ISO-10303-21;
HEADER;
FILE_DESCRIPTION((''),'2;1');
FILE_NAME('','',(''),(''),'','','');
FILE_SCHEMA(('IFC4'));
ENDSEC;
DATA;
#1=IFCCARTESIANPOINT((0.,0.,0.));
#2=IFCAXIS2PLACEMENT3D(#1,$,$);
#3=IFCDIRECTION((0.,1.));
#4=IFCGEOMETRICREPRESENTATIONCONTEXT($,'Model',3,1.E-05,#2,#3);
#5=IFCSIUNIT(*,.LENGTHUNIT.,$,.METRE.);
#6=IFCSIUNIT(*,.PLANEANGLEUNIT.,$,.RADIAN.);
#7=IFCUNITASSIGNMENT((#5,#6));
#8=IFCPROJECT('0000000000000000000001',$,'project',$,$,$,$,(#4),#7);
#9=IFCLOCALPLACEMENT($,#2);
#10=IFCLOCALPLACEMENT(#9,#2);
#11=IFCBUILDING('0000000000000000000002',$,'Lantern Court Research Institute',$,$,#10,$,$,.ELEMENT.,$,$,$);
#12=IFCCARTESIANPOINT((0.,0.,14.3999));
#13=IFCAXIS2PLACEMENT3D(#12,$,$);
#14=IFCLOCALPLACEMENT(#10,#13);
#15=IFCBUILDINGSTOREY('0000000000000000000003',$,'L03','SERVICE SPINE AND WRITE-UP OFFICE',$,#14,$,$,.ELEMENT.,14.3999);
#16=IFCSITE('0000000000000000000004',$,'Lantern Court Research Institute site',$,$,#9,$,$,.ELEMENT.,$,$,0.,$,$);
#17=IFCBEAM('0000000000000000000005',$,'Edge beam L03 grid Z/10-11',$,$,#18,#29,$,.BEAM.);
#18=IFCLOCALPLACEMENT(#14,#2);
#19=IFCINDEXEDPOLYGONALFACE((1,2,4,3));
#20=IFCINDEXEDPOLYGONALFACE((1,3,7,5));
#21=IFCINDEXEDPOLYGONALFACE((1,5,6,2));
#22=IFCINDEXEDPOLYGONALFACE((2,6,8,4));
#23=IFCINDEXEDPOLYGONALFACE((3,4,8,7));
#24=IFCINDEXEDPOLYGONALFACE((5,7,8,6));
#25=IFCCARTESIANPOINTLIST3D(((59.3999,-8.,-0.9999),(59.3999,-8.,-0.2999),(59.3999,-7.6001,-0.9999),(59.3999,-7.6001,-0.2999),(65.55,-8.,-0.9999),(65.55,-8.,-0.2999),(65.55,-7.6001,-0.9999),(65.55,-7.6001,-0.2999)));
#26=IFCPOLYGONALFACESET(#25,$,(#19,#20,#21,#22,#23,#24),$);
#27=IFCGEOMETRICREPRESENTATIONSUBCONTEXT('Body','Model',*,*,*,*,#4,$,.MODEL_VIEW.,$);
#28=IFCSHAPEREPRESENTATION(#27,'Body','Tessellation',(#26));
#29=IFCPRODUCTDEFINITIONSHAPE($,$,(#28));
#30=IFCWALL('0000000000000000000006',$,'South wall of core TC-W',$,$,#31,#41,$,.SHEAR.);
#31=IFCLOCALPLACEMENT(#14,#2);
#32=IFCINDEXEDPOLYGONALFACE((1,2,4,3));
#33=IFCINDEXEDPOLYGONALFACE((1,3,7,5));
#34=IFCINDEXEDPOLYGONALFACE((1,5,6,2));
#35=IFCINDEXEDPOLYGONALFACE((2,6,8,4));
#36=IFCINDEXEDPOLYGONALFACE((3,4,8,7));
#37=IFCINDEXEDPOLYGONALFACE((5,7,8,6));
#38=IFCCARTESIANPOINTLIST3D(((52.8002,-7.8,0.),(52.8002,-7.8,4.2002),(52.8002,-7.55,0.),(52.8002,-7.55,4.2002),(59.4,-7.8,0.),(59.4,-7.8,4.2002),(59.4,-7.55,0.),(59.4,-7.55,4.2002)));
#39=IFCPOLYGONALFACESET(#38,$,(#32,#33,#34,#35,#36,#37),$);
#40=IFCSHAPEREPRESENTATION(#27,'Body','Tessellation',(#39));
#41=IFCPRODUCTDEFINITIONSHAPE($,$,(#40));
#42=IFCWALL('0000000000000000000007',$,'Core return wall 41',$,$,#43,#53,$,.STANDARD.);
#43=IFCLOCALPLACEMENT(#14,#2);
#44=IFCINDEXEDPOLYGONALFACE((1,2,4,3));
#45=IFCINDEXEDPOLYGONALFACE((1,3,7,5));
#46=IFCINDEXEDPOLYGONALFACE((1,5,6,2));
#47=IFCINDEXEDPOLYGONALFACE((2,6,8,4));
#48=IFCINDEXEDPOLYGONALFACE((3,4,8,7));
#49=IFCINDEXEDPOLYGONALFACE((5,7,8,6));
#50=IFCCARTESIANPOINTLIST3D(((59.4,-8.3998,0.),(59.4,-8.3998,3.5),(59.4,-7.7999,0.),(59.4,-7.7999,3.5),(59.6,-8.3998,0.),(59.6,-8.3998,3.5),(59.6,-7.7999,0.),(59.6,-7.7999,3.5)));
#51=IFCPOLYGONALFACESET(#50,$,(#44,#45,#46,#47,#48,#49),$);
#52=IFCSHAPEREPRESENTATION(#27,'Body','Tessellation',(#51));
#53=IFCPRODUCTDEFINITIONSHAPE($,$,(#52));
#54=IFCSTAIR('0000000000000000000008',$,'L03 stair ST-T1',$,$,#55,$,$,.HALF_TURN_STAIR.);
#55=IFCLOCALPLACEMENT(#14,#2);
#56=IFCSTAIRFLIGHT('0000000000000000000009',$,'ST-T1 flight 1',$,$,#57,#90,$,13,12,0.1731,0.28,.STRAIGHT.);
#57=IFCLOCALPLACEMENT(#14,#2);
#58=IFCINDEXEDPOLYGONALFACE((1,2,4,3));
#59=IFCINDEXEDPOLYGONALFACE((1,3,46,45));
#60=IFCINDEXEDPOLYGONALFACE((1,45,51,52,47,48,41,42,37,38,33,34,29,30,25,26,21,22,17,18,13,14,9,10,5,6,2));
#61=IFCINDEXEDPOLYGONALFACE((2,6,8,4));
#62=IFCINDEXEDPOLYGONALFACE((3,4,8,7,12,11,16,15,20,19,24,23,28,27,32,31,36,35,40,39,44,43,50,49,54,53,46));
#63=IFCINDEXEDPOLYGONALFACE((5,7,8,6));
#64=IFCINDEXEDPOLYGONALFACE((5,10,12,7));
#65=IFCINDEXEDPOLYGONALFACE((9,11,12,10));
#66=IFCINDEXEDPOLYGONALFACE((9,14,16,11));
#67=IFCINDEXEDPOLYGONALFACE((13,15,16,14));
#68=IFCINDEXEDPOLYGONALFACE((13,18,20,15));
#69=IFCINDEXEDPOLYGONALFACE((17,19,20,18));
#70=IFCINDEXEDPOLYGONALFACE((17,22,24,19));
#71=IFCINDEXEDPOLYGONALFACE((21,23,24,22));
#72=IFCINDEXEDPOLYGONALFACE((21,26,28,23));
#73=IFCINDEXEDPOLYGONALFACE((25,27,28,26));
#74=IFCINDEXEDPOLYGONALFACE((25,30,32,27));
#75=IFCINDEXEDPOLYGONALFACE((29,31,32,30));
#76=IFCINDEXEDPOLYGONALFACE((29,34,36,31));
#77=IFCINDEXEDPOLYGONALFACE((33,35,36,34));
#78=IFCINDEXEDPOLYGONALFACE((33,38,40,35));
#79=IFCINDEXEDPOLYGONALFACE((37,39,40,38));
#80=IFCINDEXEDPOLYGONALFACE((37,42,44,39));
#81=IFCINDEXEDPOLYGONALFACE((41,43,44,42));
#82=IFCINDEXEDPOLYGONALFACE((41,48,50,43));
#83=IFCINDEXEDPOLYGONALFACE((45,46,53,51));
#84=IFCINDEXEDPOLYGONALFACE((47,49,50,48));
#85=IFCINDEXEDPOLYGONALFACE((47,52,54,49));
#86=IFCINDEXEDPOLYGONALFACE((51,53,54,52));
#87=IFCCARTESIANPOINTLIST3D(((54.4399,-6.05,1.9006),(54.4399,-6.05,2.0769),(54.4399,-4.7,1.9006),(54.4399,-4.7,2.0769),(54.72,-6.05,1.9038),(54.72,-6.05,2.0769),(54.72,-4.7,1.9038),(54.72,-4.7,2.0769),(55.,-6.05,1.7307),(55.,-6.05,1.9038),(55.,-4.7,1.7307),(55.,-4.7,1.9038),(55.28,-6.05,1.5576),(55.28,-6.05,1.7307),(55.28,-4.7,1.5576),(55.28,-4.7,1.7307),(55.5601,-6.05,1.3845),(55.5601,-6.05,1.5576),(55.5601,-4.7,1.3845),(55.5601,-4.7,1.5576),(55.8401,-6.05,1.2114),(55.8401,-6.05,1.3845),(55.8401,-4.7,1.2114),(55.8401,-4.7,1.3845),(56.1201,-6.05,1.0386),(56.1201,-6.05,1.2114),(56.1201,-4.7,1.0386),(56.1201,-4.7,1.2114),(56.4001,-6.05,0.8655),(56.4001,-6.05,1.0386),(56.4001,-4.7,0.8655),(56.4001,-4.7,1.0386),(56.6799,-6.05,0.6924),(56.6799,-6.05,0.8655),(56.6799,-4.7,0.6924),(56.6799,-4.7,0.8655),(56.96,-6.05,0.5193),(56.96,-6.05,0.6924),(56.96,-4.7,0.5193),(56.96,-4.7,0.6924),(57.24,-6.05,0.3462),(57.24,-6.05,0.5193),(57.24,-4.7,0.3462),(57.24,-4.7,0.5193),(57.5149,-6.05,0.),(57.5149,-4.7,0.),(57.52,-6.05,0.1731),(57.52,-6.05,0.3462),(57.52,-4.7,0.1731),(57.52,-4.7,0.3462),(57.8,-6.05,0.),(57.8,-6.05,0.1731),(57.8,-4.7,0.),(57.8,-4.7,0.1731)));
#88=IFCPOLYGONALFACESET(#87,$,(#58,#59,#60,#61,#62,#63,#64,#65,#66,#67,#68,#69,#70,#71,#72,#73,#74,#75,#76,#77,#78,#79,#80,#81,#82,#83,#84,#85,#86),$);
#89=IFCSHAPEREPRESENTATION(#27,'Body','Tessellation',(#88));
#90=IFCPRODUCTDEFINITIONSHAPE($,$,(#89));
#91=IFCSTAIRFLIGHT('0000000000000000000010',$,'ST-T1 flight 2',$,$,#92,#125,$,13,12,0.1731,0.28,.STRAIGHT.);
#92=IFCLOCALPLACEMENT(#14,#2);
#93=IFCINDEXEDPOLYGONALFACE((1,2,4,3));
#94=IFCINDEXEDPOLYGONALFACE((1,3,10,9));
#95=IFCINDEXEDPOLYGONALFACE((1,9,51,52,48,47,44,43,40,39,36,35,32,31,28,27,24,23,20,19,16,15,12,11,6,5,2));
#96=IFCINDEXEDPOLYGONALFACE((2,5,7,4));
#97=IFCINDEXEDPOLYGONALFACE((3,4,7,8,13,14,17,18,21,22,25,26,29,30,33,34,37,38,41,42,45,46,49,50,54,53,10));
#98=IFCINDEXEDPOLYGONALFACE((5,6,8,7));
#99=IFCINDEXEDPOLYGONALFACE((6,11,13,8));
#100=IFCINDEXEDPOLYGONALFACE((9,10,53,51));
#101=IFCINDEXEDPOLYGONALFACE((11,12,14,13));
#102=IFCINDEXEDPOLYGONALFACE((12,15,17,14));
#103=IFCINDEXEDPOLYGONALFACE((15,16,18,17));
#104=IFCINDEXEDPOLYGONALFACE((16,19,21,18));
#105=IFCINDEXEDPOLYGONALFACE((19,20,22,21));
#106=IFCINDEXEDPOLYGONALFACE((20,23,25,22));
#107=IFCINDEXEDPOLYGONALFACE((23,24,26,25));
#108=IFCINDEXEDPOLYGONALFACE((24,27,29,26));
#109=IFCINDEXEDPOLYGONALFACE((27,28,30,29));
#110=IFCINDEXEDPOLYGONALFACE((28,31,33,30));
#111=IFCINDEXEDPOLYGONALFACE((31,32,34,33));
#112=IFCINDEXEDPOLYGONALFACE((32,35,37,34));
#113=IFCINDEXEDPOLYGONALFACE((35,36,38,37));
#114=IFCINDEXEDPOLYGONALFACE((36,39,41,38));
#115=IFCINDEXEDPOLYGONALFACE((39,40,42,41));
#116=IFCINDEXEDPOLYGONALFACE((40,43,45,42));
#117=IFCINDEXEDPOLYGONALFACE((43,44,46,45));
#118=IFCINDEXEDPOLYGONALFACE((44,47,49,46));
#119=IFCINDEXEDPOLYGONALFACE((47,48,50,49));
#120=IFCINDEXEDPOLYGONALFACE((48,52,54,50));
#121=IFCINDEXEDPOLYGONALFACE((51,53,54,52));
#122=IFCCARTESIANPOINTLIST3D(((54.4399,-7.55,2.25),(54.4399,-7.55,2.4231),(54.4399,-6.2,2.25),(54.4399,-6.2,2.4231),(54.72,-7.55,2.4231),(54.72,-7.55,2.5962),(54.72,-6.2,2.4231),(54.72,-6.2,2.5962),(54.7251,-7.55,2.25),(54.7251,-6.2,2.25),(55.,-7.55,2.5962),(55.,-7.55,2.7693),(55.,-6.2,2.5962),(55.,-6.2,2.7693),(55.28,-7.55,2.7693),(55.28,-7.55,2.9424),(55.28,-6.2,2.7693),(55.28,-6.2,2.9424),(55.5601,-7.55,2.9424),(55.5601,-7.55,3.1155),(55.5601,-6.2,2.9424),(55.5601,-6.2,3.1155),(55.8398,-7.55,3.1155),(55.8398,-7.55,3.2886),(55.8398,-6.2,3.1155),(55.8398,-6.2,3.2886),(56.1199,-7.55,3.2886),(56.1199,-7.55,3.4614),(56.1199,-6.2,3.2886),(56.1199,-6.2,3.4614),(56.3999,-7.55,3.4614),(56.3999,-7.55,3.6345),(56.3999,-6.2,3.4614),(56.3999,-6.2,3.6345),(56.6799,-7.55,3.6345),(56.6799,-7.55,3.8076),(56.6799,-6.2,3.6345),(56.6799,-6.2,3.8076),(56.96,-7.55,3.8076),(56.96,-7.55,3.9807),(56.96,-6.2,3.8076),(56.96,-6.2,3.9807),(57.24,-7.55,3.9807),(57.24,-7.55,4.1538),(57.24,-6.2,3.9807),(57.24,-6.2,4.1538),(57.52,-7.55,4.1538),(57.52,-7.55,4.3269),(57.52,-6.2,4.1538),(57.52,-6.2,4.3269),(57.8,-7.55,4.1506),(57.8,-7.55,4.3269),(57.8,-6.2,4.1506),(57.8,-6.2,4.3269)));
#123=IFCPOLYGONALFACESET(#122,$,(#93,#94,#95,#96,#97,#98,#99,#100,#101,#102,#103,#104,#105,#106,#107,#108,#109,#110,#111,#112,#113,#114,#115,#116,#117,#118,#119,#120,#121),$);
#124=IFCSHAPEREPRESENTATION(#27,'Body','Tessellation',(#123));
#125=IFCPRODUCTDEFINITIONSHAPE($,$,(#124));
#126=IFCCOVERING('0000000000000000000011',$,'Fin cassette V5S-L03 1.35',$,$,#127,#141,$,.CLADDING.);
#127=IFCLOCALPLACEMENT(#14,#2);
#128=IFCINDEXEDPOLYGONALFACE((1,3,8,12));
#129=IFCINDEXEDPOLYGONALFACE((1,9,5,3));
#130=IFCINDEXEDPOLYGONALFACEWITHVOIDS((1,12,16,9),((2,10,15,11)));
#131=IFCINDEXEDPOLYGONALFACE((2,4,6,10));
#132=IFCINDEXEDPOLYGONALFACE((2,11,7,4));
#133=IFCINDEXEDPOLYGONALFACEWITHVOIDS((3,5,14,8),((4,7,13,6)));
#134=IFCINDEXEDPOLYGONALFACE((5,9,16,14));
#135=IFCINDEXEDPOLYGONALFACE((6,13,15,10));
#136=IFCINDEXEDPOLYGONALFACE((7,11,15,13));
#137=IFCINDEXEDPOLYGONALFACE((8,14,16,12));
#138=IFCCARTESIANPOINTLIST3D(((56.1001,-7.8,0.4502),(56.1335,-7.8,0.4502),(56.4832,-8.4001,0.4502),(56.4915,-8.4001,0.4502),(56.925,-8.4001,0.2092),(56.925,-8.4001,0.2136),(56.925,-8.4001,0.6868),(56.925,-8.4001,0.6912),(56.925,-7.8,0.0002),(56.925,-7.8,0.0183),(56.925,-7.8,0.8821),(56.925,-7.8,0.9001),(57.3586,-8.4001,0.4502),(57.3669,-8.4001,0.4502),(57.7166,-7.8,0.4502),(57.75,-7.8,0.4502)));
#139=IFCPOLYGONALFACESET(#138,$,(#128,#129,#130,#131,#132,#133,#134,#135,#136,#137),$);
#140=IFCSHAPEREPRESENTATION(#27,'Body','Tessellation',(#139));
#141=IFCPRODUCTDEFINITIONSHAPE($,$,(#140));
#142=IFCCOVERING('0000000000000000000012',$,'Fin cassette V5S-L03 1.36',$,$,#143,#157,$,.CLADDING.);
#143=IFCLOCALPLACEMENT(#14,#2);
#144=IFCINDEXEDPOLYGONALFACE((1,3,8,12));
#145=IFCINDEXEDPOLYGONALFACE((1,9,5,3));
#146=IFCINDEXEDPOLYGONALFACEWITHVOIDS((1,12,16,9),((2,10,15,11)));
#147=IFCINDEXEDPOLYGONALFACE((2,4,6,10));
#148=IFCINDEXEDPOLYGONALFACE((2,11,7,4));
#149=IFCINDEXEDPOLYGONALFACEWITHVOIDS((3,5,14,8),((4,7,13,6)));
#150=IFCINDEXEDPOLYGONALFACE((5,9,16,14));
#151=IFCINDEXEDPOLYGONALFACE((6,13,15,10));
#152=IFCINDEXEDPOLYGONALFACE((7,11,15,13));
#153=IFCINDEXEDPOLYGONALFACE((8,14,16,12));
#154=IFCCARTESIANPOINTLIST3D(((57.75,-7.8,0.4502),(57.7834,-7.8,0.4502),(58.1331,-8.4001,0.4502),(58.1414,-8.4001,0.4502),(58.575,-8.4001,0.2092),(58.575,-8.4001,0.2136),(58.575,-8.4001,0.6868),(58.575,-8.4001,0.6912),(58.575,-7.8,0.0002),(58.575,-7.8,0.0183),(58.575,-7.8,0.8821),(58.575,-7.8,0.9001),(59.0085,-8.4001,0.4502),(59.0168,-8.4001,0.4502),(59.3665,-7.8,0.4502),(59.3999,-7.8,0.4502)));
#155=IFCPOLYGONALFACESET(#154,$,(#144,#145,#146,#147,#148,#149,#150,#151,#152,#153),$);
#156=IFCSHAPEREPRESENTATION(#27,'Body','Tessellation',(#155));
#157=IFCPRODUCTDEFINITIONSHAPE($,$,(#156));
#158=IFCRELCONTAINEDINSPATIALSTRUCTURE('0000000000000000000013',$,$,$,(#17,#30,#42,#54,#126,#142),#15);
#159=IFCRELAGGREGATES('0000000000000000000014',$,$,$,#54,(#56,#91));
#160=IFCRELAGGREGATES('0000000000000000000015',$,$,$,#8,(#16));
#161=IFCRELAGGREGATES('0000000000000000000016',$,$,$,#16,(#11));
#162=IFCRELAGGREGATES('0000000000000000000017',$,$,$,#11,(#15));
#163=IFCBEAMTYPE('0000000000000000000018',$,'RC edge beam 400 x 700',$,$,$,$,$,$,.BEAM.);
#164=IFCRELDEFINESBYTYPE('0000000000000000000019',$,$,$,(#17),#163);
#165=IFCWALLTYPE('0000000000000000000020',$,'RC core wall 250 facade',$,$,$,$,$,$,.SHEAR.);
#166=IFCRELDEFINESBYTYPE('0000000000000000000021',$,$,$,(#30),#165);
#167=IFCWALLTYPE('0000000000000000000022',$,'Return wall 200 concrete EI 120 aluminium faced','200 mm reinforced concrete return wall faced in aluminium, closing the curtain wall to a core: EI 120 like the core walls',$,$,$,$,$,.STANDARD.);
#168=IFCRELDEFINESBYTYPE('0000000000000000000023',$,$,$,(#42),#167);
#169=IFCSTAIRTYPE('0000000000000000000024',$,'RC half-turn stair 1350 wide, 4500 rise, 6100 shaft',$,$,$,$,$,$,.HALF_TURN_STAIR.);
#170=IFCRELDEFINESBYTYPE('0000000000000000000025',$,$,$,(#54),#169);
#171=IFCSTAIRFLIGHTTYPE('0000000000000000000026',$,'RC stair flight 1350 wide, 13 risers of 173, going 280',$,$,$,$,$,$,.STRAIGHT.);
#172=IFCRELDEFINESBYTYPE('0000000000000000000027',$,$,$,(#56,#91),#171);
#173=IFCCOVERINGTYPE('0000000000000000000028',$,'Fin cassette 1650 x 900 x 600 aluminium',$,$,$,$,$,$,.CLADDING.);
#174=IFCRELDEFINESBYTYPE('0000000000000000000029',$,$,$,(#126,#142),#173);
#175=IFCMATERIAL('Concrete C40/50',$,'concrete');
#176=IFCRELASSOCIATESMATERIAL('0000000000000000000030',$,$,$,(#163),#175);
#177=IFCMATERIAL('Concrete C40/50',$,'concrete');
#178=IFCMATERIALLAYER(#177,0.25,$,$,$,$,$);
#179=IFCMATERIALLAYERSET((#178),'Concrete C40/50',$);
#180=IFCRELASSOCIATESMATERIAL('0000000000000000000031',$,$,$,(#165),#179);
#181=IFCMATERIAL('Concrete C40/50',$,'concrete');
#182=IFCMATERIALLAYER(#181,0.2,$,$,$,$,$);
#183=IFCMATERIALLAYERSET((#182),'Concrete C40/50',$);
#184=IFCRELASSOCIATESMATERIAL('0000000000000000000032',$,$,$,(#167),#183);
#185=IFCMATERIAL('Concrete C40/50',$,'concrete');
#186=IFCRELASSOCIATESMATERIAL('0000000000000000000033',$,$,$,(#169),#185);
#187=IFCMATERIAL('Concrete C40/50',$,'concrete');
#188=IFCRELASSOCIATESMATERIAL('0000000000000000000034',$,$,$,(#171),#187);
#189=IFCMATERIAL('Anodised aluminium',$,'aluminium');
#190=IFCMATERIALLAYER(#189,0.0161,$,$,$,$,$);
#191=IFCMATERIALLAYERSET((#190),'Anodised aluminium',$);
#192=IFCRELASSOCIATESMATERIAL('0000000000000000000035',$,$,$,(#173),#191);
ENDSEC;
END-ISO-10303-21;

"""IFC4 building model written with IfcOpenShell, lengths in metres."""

from ifc_helpers import new_model, entity, si_unit, direction, frame, frame_2d, origin, origin_2d, place, context, subcontext, project, spatial, polyline, rectangle, outline, extrude, material, layer, layer_set, material_profile, profile_set, type_object, element, aggregate, save


model = new_model("IFC4")

# Units and contexts
model_context = context("Model", 3, precision=1e-05, world=origin(), true_north=direction((0.0, 1.0)))
body_context = subcontext(model_context, "Body", "Model", "MODEL_VIEW")
ifc_project = project(units=[si_unit("LENGTHUNIT", "METRE"), si_unit("PLANEANGLEUNIT", "RADIAN")], contexts=[model_context])

# Site, building, storey
site_placement = place(None, origin())
site = spatial("IfcSite", under=ifc_project, at=site_placement, Name="Lantern Court Research Institute site", CompositionType="ELEMENT", RefElevation=0.0)
building_placement = place(site_placement, origin())
building = spatial("IfcBuilding", under=site, at=building_placement, Name="Lantern Court Research Institute", CompositionType="ELEMENT")
storey_placement = place(building_placement, frame((0.0, 0.0, 14.3999)))
storey = spatial("IfcBuildingStorey", under=building, at=storey_placement, Name="L03", Description="SERVICE SPINE AND WRITE-UP OFFICE", CompositionType="ELEMENT", Elevation=14.3999)

# Beam
ifc_material_1 = material(Name="Concrete C40/50", Category="concrete")
ifc_material_profile = material_profile(ifc_material_1, rectangle(XDim=0.3999, YDim=0.7, at=origin_2d()), Name="RC beam 400 x 700")
ifc_profile_set = profile_set([ifc_material_profile], Name="Concrete C40/50")
beam_type = type_object("IfcBeamType", Name="RC edge beam 400 x 700", PredefinedType="BEAM", material=ifc_profile_set)
beam_placement = place(storey_placement, frame((59.3999, -7.8, -0.6499), z_axis=(1.0, 0.0, 0.0), x_axis=(0.0, 1.0, 0.0)))
element("IfcBeam", 1, at=beam_placement, inside=storey, type_object=beam_type, Name="Edge beam L03 grid Z/10-11", PredefinedType="BEAM", context=body_context, shape_type="SweptSolid", body=[
    extrude(rectangle(XDim=0.3999, YDim=0.7, at=origin_2d()), origin(), (0.0, 0.0, 1.0), 6.1501),
])

# Walls
ifc_material_2 = material(Name="Concrete C40/50", Category="concrete")
ifc_layer_1 = layer(ifc_material_2, 0.25)
ifc_layer_set_1 = layer_set([ifc_layer_1], Name="Concrete C40/50")
wall_type_1 = type_object("IfcWallType", Name="RC core wall 250 facade", PredefinedType="SHEAR", material=ifc_layer_set_1)
wall_1_placement = place(storey_placement, frame((59.3999, -7.675, 0.0), z_axis=(0.0, 0.0, 1.0), x_axis=(-1.0, 0.0, 0.0)))
element("IfcWall", 2, at=wall_1_placement, inside=storey, type_object=wall_type_1, Name="South wall of core TC-W", PredefinedType="SHEAR", context=body_context, shape_type="SweptSolid", body=[
    extrude(rectangle(XDim=6.5999, YDim=0.25, at=frame_2d((3.2998, 0.0))), origin(), (0.0, 0.0, 1.0), 4.2002),
])
ifc_material_3 = material(Name="Concrete C40/50", Category="concrete")
ifc_layer_2 = layer(ifc_material_3, 0.2)
ifc_layer_set_2 = layer_set([ifc_layer_2], Name="Concrete C40/50")
wall_type_2 = type_object("IfcWallType", Name="Return wall 200 concrete EI 120 aluminium faced", Description="200 mm reinforced concrete return wall faced in aluminium, closing the curtain wall to a core: EI 120 like the core walls", PredefinedType="STANDARD", material=ifc_layer_set_2)
wall_2_placement = place(storey_placement, frame((59.5, -7.8, 0.0), z_axis=(0.0, 0.0, 1.0), x_axis=(0.0, -1.0, 0.0)))
element("IfcWall", 3, at=wall_2_placement, inside=storey, type_object=wall_type_2, Name="Core return wall 41", PredefinedType="STANDARD", context=body_context, shape_type="SweptSolid", body=[
    extrude(rectangle(XDim=0.5999, YDim=0.2, at=frame_2d((0.2998, 0.0))), origin(), (0.0, 0.0, 1.0), 3.5),
])

# Stair, stair flights
ifc_material_4 = material(Name="Concrete C40/50", Category="concrete")
stair_type = type_object("IfcStairType", Name="RC half-turn stair 1350 wide, 4500 rise, 6100 shaft", PredefinedType="HALF_TURN_STAIR", material=ifc_material_4)
stair_placement = place(storey_placement, origin())
stair = element("IfcStair", 4, at=stair_placement, inside=storey, type_object=stair_type, Name="L03 stair ST-T1", PredefinedType="HALF_TURN_STAIR")
ifc_material_5 = material(Name="Concrete C40/50", Category="concrete")
stair_flight_type = type_object("IfcStairFlightType", Name="RC stair flight 1350 wide, 13 risers of 173, going 280", PredefinedType="STRAIGHT", material=ifc_material_5)
stair_flight_1_placement = place(storey_placement, frame((57.8, -5.375, 0.0), z_axis=(0.0, 0.0, 1.0), x_axis=(-1.0, 0.0, 0.0)))
stair_flight_1 = element("IfcStairFlight", 5, at=stair_flight_1_placement, type_object=stair_flight_type, Name="ST-T1 flight 1", NumberOfRisers=13, NumberOfTreads=12, PredefinedType="STRAIGHT", RiserHeight=0.1731, TreadLength=0.28, context=body_context, shape_type="SweptSolid", body=[
    extrude(outline(polyline([(0.0, 0.0), (0.0, 0.1731), (0.28, 0.1731), (0.28, 0.3462), (0.5601, 0.3462), (0.5601, 0.5193), (0.8401, 0.5193), (0.8401, 0.6924), (1.1201, 0.6924), (1.1201, 0.8655), (1.3999, 0.8655), (1.3999, 1.0386), (1.6799, 1.0386), (1.6799, 1.2114), (1.96, 1.2114), (1.96, 1.3845), (2.24, 1.3845), (2.24, 1.5576), (2.52, 1.5576), (2.52, 1.7307), (2.8, 1.7307), (2.8, 1.9038), (3.0801, 1.9038), (3.0801, 2.0769), (3.3601, 2.0769), (3.3601, 2.25), (3.3601, 1.9006), (0.2852, 0.0), (0.0, 0.0)])), frame((0.0, 0.675, 0.0), z_axis=(0.0, -1.0, 0.0), x_axis=(1.0, 0.0, 0.0)), (0.0, 0.0, 1.0), 1.3501),
])
stair_flight_2_placement = place(storey_placement, frame((54.4399, -6.875, 2.25), z_axis=(0.0, 0.0, 1.0), x_axis=(1.0, 0.0, 0.0)))
stair_flight_2 = element("IfcStairFlight", 6, at=stair_flight_2_placement, type_object=stair_flight_type, Name="ST-T1 flight 2", NumberOfRisers=13, NumberOfTreads=12, PredefinedType="STRAIGHT", RiserHeight=0.1731, TreadLength=0.28, context=body_context, shape_type="SweptSolid", body=[
    extrude(outline(polyline([(0.0, 0.0), (0.0, 0.1731), (0.28, 0.1731), (0.28, 0.3462), (0.5601, 0.3462), (0.5601, 0.5193), (0.8401, 0.5193), (0.8401, 0.6924), (1.1201, 0.6924), (1.1201, 0.8655), (1.3999, 0.8655), (1.3999, 1.0386), (1.6799, 1.0386), (1.6799, 1.2114), (1.96, 1.2114), (1.96, 1.3845), (2.24, 1.3845), (2.24, 1.5576), (2.52, 1.5576), (2.52, 1.7307), (2.8, 1.7307), (2.8, 1.9038), (3.0801, 1.9038), (3.0801, 2.0769), (3.3601, 2.0769), (3.3601, 2.25), (3.3601, 1.9006), (0.2852, 0.0), (0.0, 0.0)])), frame((0.0, 0.675, 0.0), z_axis=(0.0, -1.0, 0.0), x_axis=(1.0, 0.0, 0.0)), (0.0, 0.0, 1.0), 1.3501),
])
aggregate(stair, [stair_flight_1, stair_flight_2])

# Coverings
ifc_material_6 = material(Name="Anodised aluminium", Category="aluminium")
ifc_layer_3 = layer(ifc_material_6, 0.0161)
ifc_layer_set_3 = layer_set([ifc_layer_3], Name="Anodised aluminium")
covering_type = type_object("IfcCoveringType", Name="Fin cassette 1650 x 900 x 600 aluminium", PredefinedType="CLADDING", material=ifc_layer_set_3)
covering_1_placement = place(storey_placement, frame((56.925, -7.8, 0.4502), z_axis=(0.0, -1.0, 0.0), x_axis=(1.0, 0.0, 0.0)))
cartesian_point_1 = entity("IfcCartesianPoint", [0.825, 0.0])
cartesian_point_2 = entity("IfcCartesianPoint", [0.7915, 0.0])
cartesian_point_3 = entity("IfcCartesianPoint", [0.4419, 0.0])
cartesian_point_4 = entity("IfcCartesianPoint", [0.4336, 0.0])
element("IfcCovering", 7, at=covering_1_placement, inside=storey, type_object=covering_type, Name="Fin cassette V5S-L03 1.35", PredefinedType="CLADDING", context=body_context, shape_type="SweptSolid", body=[
    entity("IfcExtrudedAreaSolidTapered", entity("IfcArbitraryProfileDefWithVoids", "AREA", None, entity("IfcPolyline", [cartesian_point_1, entity("IfcCartesianPoint", [0.0, 0.45]), entity("IfcCartesianPoint", [-0.825, 0.0]), entity("IfcCartesianPoint", [0.0, -0.45]), cartesian_point_1]), [entity("IfcPolyline", [cartesian_point_2, entity("IfcCartesianPoint", [0.0, 0.4319]), entity("IfcCartesianPoint", [-0.7915, 0.0]), entity("IfcCartesianPoint", [0.0, -0.4319]), cartesian_point_2])]), entity("IfcAxis2Placement3D", entity("IfcCartesianPoint", [0.0, 0.0, 0.0])), entity("IfcDirection", [0.0, 0.0, 1.0]), 0.6001, entity("IfcArbitraryProfileDefWithVoids", "AREA", None, entity("IfcPolyline", [cartesian_point_3, entity("IfcCartesianPoint", [0.0, 0.241]), entity("IfcCartesianPoint", [-0.4419, 0.0]), entity("IfcCartesianPoint", [0.0, -0.241]), cartesian_point_3]), [entity("IfcPolyline", [cartesian_point_4, entity("IfcCartesianPoint", [0.0, 0.2366]), entity("IfcCartesianPoint", [-0.4336, 0.0]), entity("IfcCartesianPoint", [0.0, -0.2366]), cartesian_point_4])])),
])
covering_2_placement = place(storey_placement, frame((58.575, -7.8, 0.4502), z_axis=(0.0, -1.0, 0.0), x_axis=(1.0, 0.0, 0.0)))
cartesian_point_5 = entity("IfcCartesianPoint", [0.825, 0.0])
cartesian_point_6 = entity("IfcCartesianPoint", [0.7915, 0.0])
cartesian_point_7 = entity("IfcCartesianPoint", [0.4419, 0.0])
cartesian_point_8 = entity("IfcCartesianPoint", [0.4336, 0.0])
element("IfcCovering", 8, at=covering_2_placement, inside=storey, type_object=covering_type, Name="Fin cassette V5S-L03 1.36", PredefinedType="CLADDING", context=body_context, shape_type="SweptSolid", body=[
    entity("IfcExtrudedAreaSolidTapered", entity("IfcArbitraryProfileDefWithVoids", "AREA", None, entity("IfcPolyline", [cartesian_point_5, entity("IfcCartesianPoint", [0.0, 0.45]), entity("IfcCartesianPoint", [-0.825, 0.0]), entity("IfcCartesianPoint", [0.0, -0.45]), cartesian_point_5]), [entity("IfcPolyline", [cartesian_point_6, entity("IfcCartesianPoint", [0.0, 0.4319]), entity("IfcCartesianPoint", [-0.7915, 0.0]), entity("IfcCartesianPoint", [0.0, -0.4319]), cartesian_point_6])]), entity("IfcAxis2Placement3D", entity("IfcCartesianPoint", [0.0, 0.0, 0.0])), entity("IfcDirection", [0.0, 0.0, 1.0]), 0.6001, entity("IfcArbitraryProfileDefWithVoids", "AREA", None, entity("IfcPolyline", [cartesian_point_7, entity("IfcCartesianPoint", [0.0, 0.241]), entity("IfcCartesianPoint", [-0.4419, 0.0]), entity("IfcCartesianPoint", [0.0, -0.241]), cartesian_point_7]), [entity("IfcPolyline", [cartesian_point_8, entity("IfcCartesianPoint", [0.0, 0.2366]), entity("IfcCartesianPoint", [-0.4336, 0.0]), entity("IfcCartesianPoint", [0.0, -0.2366]), cartesian_point_8])])),
])

save(model, "model.ifc")
